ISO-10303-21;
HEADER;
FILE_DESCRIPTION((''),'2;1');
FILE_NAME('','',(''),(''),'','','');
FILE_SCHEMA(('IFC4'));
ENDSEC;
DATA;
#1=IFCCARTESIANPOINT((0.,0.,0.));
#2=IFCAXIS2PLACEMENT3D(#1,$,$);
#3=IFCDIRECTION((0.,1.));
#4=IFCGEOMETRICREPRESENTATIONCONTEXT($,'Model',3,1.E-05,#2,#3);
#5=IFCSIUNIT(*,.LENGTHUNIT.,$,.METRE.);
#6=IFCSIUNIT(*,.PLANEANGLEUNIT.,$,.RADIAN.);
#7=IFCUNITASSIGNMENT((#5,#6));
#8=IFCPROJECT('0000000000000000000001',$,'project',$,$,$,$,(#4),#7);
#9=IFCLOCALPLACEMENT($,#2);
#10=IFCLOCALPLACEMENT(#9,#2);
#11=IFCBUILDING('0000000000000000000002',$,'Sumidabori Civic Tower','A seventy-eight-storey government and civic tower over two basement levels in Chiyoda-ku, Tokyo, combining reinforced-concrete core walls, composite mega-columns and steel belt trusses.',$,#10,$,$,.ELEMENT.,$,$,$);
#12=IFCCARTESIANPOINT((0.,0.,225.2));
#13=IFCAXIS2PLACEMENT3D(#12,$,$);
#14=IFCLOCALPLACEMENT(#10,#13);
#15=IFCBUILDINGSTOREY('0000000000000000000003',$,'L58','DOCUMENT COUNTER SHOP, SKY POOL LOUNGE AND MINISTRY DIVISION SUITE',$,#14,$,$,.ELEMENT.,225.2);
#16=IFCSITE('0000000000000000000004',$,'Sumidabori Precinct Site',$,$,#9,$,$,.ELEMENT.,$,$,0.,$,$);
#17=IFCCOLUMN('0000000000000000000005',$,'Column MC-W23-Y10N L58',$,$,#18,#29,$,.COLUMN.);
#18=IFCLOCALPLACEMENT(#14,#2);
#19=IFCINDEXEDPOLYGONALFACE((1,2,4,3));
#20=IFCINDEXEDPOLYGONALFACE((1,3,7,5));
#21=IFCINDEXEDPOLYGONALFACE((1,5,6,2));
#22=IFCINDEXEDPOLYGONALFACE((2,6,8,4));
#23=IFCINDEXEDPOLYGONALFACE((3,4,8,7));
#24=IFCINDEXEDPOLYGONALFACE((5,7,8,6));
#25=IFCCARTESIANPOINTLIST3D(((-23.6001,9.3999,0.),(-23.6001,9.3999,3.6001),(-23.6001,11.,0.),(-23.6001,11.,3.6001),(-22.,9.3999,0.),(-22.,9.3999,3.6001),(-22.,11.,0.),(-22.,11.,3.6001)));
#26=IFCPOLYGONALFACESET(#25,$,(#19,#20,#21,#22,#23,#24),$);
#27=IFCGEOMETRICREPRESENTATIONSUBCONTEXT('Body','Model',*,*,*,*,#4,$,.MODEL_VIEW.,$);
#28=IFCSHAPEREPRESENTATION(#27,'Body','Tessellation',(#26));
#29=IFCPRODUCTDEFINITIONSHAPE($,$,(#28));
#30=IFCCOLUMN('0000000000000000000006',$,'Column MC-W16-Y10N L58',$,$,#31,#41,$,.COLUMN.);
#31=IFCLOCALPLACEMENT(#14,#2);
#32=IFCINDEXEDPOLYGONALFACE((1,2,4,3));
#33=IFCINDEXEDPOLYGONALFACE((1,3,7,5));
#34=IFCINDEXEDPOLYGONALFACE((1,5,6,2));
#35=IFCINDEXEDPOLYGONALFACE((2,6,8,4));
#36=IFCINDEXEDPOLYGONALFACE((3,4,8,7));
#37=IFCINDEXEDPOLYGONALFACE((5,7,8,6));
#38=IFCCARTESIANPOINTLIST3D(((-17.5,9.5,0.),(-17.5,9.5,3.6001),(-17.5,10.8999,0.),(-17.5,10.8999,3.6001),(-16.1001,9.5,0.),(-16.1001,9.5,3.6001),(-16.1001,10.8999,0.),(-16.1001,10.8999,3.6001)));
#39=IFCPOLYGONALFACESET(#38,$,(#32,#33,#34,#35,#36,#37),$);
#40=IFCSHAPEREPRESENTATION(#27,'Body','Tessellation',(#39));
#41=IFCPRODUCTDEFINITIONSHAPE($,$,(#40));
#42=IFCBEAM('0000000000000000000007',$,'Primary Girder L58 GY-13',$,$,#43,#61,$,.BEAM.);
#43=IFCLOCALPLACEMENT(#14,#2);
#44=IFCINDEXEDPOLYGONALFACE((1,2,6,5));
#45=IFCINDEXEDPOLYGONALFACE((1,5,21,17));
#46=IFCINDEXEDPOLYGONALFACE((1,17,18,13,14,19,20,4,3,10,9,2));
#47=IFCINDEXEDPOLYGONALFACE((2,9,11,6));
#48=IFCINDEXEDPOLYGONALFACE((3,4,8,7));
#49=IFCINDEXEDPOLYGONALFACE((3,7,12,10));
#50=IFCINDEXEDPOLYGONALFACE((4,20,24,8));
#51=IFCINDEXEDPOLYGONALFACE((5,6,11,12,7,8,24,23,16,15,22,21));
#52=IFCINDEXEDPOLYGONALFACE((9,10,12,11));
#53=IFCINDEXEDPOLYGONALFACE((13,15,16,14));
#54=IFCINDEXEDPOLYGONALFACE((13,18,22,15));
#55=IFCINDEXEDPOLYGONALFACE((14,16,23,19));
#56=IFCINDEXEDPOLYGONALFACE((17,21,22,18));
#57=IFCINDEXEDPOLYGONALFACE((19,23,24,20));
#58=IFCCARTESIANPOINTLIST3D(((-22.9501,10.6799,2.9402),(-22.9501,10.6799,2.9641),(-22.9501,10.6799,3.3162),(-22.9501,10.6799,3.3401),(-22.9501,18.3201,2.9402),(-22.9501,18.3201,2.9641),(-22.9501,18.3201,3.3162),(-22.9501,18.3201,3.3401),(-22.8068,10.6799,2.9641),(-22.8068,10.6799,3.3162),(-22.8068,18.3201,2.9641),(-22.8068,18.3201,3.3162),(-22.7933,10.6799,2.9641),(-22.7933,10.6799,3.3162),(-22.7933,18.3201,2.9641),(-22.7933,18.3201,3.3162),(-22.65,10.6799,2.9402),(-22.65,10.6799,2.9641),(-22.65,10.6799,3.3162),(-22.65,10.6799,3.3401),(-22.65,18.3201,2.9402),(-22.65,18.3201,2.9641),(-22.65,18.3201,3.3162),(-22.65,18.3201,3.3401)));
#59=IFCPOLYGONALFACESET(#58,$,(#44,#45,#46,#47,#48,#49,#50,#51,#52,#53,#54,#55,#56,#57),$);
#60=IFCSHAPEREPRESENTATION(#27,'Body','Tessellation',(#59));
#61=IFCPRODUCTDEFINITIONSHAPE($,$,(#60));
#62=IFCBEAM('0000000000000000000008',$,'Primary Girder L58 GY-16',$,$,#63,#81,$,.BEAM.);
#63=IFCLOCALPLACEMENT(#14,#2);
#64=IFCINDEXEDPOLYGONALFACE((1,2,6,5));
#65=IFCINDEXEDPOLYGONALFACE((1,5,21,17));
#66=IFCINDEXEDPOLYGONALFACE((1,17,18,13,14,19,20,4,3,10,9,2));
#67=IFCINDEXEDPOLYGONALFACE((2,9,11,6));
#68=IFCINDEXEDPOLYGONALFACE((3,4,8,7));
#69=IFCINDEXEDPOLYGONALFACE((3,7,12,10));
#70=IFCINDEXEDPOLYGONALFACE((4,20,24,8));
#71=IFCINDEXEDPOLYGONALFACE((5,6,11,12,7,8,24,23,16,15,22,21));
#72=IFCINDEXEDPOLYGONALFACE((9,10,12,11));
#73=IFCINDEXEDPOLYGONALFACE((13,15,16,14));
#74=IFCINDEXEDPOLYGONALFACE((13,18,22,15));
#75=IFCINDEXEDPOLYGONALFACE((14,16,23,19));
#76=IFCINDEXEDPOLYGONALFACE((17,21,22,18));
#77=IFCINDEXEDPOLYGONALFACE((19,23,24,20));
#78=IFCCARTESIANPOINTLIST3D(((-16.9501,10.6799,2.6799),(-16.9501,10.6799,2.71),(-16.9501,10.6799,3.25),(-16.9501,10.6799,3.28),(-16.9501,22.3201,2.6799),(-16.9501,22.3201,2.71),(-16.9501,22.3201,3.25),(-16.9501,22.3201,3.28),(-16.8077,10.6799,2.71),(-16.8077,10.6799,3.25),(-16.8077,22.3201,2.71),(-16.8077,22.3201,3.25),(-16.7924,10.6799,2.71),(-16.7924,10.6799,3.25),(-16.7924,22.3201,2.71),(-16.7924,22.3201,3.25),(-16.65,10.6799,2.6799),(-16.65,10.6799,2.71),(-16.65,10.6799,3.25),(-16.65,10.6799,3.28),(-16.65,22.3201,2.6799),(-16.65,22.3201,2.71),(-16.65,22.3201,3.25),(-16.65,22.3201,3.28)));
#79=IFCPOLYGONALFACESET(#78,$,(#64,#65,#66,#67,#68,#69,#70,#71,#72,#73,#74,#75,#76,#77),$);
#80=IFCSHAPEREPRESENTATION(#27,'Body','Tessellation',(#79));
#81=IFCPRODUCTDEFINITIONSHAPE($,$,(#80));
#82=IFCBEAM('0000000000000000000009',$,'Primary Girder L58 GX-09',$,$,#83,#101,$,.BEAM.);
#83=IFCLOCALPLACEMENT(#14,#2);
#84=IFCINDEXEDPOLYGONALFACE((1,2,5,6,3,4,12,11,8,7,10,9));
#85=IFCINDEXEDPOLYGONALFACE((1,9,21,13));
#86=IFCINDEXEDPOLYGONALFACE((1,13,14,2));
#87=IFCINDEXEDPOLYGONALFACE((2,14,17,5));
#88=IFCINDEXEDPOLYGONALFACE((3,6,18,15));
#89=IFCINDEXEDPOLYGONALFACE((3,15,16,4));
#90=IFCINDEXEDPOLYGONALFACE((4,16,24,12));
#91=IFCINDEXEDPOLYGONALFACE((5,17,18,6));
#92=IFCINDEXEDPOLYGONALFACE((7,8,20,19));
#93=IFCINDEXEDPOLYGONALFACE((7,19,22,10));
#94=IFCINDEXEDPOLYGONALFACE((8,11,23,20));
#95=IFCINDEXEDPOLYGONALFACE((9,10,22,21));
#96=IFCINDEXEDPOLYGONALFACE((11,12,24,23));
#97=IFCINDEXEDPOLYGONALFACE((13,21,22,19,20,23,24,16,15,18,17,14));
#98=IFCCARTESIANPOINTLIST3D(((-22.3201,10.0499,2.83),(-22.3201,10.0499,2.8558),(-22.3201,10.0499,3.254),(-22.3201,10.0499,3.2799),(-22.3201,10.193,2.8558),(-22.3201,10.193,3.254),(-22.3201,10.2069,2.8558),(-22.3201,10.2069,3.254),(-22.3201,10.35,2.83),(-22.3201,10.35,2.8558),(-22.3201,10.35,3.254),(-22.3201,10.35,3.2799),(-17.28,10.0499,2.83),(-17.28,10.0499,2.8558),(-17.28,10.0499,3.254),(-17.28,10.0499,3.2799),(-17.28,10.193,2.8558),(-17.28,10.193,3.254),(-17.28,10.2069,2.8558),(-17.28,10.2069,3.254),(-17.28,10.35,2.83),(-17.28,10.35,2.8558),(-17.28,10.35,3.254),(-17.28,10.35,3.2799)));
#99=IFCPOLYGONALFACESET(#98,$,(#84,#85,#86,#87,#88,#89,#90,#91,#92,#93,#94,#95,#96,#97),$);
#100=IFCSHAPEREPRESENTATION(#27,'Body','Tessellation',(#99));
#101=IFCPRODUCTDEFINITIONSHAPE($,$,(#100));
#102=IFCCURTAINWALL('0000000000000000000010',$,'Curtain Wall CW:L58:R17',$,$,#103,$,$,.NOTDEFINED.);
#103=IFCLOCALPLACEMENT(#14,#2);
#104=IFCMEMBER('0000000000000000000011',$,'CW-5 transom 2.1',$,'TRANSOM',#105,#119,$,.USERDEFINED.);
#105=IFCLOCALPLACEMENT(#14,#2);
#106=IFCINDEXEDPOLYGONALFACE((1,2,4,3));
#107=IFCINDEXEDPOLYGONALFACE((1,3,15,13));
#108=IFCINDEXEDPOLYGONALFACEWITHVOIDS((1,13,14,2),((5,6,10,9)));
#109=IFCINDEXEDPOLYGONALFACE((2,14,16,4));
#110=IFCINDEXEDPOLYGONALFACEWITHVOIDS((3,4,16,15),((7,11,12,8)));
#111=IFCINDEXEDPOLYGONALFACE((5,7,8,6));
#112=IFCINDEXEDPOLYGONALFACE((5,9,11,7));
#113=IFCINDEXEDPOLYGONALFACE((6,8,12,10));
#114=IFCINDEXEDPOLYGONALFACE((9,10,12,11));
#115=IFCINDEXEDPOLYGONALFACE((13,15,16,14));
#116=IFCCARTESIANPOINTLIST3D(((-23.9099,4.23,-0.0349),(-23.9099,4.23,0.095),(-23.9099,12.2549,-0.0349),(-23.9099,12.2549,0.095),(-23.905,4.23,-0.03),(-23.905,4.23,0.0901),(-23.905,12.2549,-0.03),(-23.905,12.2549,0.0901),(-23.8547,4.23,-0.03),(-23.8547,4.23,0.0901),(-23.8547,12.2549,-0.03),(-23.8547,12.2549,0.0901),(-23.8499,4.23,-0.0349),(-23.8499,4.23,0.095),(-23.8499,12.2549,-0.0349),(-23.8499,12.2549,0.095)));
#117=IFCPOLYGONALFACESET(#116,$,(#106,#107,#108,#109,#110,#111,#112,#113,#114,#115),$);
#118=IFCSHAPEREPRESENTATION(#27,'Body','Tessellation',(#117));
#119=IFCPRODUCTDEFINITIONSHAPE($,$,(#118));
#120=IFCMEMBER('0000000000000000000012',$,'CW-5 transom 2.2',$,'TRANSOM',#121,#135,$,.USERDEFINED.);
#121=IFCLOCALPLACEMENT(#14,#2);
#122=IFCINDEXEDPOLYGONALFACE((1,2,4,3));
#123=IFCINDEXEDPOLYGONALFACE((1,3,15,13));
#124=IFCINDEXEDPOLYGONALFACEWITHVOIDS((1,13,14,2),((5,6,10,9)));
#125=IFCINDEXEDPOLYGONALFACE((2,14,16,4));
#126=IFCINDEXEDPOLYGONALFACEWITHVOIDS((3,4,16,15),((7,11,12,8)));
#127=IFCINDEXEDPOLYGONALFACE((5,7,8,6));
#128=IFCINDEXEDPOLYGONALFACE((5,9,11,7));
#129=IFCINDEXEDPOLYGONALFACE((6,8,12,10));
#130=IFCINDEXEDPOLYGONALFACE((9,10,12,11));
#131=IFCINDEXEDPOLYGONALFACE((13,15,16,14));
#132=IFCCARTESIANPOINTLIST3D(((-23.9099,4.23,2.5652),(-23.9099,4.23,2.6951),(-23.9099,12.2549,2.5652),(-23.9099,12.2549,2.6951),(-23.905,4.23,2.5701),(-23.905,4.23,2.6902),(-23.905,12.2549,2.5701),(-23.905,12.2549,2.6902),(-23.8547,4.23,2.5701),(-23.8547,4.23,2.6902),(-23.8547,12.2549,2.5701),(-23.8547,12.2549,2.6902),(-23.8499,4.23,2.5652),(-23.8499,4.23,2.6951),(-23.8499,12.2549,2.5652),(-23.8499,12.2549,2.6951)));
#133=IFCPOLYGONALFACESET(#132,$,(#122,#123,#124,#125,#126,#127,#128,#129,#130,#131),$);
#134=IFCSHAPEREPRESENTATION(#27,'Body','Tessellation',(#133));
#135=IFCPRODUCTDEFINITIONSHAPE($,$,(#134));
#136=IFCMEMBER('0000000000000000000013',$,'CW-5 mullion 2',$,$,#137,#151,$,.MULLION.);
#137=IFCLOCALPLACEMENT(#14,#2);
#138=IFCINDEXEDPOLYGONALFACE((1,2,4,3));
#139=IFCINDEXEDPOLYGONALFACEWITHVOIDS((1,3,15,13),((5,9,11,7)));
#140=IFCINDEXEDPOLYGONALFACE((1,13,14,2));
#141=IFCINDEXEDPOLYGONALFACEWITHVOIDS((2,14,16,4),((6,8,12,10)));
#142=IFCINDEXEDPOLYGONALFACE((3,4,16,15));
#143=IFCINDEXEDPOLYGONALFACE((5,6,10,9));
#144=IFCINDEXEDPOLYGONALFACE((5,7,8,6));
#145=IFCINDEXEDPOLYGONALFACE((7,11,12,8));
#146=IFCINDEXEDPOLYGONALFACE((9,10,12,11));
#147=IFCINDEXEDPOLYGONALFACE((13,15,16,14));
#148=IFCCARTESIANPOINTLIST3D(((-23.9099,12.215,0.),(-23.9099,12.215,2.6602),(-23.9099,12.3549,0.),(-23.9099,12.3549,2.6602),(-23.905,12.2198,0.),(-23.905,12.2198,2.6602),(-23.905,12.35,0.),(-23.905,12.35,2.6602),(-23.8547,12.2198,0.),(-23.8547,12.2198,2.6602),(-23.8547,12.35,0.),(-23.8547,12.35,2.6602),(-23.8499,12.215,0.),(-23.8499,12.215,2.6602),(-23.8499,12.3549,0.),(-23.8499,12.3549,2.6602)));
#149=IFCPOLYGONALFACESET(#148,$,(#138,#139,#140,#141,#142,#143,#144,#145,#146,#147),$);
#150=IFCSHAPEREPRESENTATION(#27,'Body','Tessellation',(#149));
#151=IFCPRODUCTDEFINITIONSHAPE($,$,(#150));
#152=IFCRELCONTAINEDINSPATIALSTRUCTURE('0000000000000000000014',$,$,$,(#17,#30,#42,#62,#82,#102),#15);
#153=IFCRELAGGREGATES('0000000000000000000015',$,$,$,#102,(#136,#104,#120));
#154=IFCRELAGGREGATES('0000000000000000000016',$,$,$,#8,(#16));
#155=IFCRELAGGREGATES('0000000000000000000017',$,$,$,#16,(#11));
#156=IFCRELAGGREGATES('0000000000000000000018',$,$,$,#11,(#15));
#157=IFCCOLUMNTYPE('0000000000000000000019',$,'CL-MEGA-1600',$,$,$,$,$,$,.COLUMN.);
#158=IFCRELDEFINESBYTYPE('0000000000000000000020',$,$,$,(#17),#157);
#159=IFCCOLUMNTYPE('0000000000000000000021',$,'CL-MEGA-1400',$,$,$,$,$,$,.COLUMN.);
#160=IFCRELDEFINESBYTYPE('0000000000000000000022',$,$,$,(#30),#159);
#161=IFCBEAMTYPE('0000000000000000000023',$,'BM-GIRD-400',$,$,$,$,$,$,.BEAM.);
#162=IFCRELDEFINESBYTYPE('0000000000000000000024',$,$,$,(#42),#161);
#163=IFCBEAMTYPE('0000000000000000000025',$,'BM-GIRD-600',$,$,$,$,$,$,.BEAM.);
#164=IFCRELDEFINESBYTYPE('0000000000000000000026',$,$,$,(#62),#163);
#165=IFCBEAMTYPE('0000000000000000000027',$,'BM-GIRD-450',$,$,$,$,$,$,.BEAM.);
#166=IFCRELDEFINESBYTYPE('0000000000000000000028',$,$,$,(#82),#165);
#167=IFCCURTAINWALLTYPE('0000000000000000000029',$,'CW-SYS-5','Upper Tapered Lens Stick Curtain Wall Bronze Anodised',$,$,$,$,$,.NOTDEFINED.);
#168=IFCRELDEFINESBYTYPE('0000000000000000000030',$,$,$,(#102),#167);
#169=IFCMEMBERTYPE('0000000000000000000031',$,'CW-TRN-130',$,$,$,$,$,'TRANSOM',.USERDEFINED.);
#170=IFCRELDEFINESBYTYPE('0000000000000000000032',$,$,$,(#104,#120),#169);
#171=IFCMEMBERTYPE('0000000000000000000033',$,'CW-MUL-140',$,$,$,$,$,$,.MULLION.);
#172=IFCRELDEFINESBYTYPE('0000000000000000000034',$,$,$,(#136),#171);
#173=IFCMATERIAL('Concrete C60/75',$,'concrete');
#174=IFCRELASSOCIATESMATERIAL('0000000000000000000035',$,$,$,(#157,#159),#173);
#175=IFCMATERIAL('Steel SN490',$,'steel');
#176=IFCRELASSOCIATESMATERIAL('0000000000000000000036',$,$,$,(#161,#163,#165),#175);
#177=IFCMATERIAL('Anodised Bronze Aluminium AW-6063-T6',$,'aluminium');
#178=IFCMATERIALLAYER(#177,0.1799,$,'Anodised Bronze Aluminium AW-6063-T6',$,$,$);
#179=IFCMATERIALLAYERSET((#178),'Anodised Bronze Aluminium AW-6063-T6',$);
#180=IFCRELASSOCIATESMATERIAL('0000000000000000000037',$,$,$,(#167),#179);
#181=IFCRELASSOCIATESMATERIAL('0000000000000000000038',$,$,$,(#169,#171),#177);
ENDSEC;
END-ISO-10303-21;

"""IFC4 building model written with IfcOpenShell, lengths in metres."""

from ifc_helpers import new_model, si_unit, direction, frame, origin, origin_2d, place, context, subcontext, project, spatial, rectangle, hollow_rectangle, i_section, extrude, source, transform, mapped, material, layer, layer_set, material_profile, profile_set, type_object, element, aggregate, save


model = new_model("IFC4")

# Units and contexts
model_context = context("Model", 3, precision=1e-05, world=origin(), true_north=direction((0.0, 1.0)))
body_context = subcontext(model_context, "Body", "Model", "MODEL_VIEW")
ifc_project = project(units=[si_unit("LENGTHUNIT", "METRE"), si_unit("PLANEANGLEUNIT", "RADIAN")], contexts=[model_context])

# Site, building, storey
site_placement = place(None, origin())
site = spatial("IfcSite", under=ifc_project, at=site_placement, Name="Sumidabori Precinct Site", CompositionType="ELEMENT", RefElevation=0.0)
building_placement = place(site_placement, origin())
building = spatial("IfcBuilding", under=site, at=building_placement, Name="Sumidabori Civic Tower", Description="A seventy-eight-storey government and civic tower over two basement levels in Chiyoda-ku, Tokyo, combining reinforced-concrete core walls, composite mega-columns and steel belt trusses.", CompositionType="ELEMENT")
storey_placement = place(building_placement, frame((0.0, 0.0, 225.2)))
storey = spatial("IfcBuildingStorey", under=building, at=storey_placement, Name="L58", Description="DOCUMENT COUNTER SHOP, SKY POOL LOUNGE AND MINISTRY DIVISION SUITE", CompositionType="ELEMENT", Elevation=225.2)

# Columns
ifc_material_1 = material(Name="Concrete C60/75", Category="concrete")
ifc_material_profile_1 = material_profile(ifc_material_1, rectangle(XDim=1.6001, YDim=1.6001, at=origin_2d()), Name="RC 1600x1600")
ifc_profile_set_1 = profile_set([ifc_material_profile_1], Name="Concrete C60/75")
column_type_1 = type_object("IfcColumnType", Name="CL-MEGA-1600", PredefinedType="COLUMN", material=ifc_profile_set_1)
shared_shape_1 = source(origin(), body_context, "Body", "SweptSolid", [
    extrude(rectangle(XDim=1.6001, YDim=1.6001, at=origin_2d()), origin(), (0.0, 0.0, 1.0), 3.6001),
])
column_1_placement = place(storey_placement, frame((-22.8, 10.2, 0.0), z_axis=(0.0, 0.0, 1.0), x_axis=(1.0, 0.0, 0.0)))
element("IfcColumn", 1, at=column_1_placement, inside=storey, type_object=column_type_1, Name="Column MC-W23-Y10N L58", PredefinedType="COLUMN", context=body_context, shape_type="MappedRepresentation", body=[
    mapped(shared_shape_1, transform((0.0, 0.0, 0.0), x_axis=(1.0, 0.0, 0.0), y_axis=(0.0, 1.0, 0.0), z_axis=(0.0, 0.0, 1.0), scale=1.0)),
])
ifc_material_profile_2 = material_profile(ifc_material_1, rectangle(XDim=1.3999, YDim=1.3999, at=origin_2d()), Name="RC 1400x1400")
ifc_profile_set_2 = profile_set([ifc_material_profile_2], Name="Concrete C60/75")
column_type_2 = type_object("IfcColumnType", Name="CL-MEGA-1400", PredefinedType="COLUMN", material=ifc_profile_set_2)
shared_shape_2 = source(origin(), body_context, "Body", "SweptSolid", [
    extrude(rectangle(XDim=1.3999, YDim=1.3999, at=origin_2d()), origin(), (0.0, 0.0, 1.0), 3.6001),
])
column_2_placement = place(storey_placement, frame((-16.8, 10.2, 0.0), z_axis=(0.0, 0.0, 1.0), x_axis=(1.0, 0.0, 0.0)))
element("IfcColumn", 2, at=column_2_placement, inside=storey, type_object=column_type_2, Name="Column MC-W16-Y10N L58", PredefinedType="COLUMN", context=body_context, shape_type="MappedRepresentation", body=[
    mapped(shared_shape_2, transform((0.0, 0.0, 0.0), x_axis=(1.0, 0.0, 0.0), y_axis=(0.0, 1.0, 0.0), z_axis=(0.0, 0.0, 1.0), scale=1.0)),
])

# Beams
ifc_material_2 = material(Name="Steel SN490", Category="steel")
ifc_material_profile_3 = material_profile(ifc_material_2, i_section(OverallWidth=0.3, OverallDepth=0.3999, WebThickness=0.0134, FlangeThickness=0.0239, at=origin_2d()), Name="HE 400 B")
ifc_profile_set_3 = profile_set([ifc_material_profile_3], Name="Steel SN490")
beam_type_1 = type_object("IfcBeamType", Name="BM-GIRD-400", PredefinedType="BEAM", material=ifc_profile_set_3)
shared_shape_3 = source(origin(), body_context, "Body", "SweptSolid", [
    extrude(i_section(OverallWidth=0.3, OverallDepth=0.3999, WebThickness=0.0134, FlangeThickness=0.0239, at=origin_2d()), origin(), (0.0, 0.0, 1.0), 7.6401),
])
beam_1_placement = place(storey_placement, frame((-22.8, 10.6799, 3.1401), z_axis=(0.0, 1.0, 0.0), x_axis=(-1.0, 0.0, 0.0)))
element("IfcBeam", 3, at=beam_1_placement, inside=storey, type_object=beam_type_1, Name="Primary Girder L58 GY-13", PredefinedType="BEAM", context=body_context, shape_type="MappedRepresentation", body=[
    mapped(shared_shape_3, transform((0.0, 0.0, 0.0), x_axis=(1.0, 0.0, 0.0), y_axis=(0.0, 1.0, 0.0), z_axis=(0.0, 0.0, 1.0), scale=1.0)),
])
ifc_material_profile_4 = material_profile(ifc_material_2, i_section(OverallWidth=0.3, OverallDepth=0.6001, WebThickness=0.0154, FlangeThickness=0.03, at=origin_2d()), Name="HE 600 B")
ifc_profile_set_4 = profile_set([ifc_material_profile_4], Name="Steel SN490")
beam_type_2 = type_object("IfcBeamType", Name="BM-GIRD-600", PredefinedType="BEAM", material=ifc_profile_set_4)
shared_shape_4 = source(origin(), body_context, "Body", "SweptSolid", [
    extrude(i_section(OverallWidth=0.3, OverallDepth=0.6001, WebThickness=0.0154, FlangeThickness=0.03, at=origin_2d()), origin(), (0.0, 0.0, 1.0), 11.6401),
])
beam_2_placement = place(storey_placement, frame((-16.8, 10.6799, 2.98), z_axis=(0.0, 1.0, 0.0), x_axis=(-1.0, 0.0, 0.0)))
element("IfcBeam", 4, at=beam_2_placement, inside=storey, type_object=beam_type_2, Name="Primary Girder L58 GY-16", PredefinedType="BEAM", context=body_context, shape_type="MappedRepresentation", body=[
    mapped(shared_shape_4, transform((0.0, 0.0, 0.0), x_axis=(1.0, 0.0, 0.0), y_axis=(0.0, 1.0, 0.0), z_axis=(0.0, 0.0, 1.0), scale=1.0)),
])
ifc_material_profile_5 = material_profile(ifc_material_2, i_section(OverallWidth=0.3, OverallDepth=0.45, WebThickness=0.0139, FlangeThickness=0.0259, at=origin_2d()), Name="HE 450 B")
ifc_profile_set_5 = profile_set([ifc_material_profile_5], Name="Steel SN490")
beam_type_3 = type_object("IfcBeamType", Name="BM-GIRD-450", PredefinedType="BEAM", material=ifc_profile_set_5)
shared_shape_5 = source(origin(), body_context, "Body", "SweptSolid", [
    extrude(i_section(OverallWidth=0.3, OverallDepth=0.45, WebThickness=0.0139, FlangeThickness=0.0259, at=origin_2d()), origin(), (0.0, 0.0, 1.0), 5.04),
])
beam_3_placement = place(storey_placement, frame((-22.3201, 10.2, 3.0549), z_axis=(1.0, 0.0, 0.0), x_axis=(0.0, 1.0, 0.0)))
element("IfcBeam", 5, at=beam_3_placement, inside=storey, type_object=beam_type_3, Name="Primary Girder L58 GX-09", PredefinedType="BEAM", context=body_context, shape_type="MappedRepresentation", body=[
    mapped(shared_shape_5, transform((0.0, 0.0, 0.0), x_axis=(1.0, 0.0, 0.0), y_axis=(0.0, 1.0, 0.0), z_axis=(0.0, 0.0, 1.0), scale=1.0)),
])

# Curtain wall, members
ifc_material_3 = material(Name="Anodised Bronze Aluminium AW-6063-T6", Category="aluminium")
ifc_layer_1 = layer(ifc_material_3, 0.1799, Name="Anodised Bronze Aluminium AW-6063-T6")
ifc_layer_set_1 = layer_set([ifc_layer_1], Name="Anodised Bronze Aluminium AW-6063-T6")
curtain_wall_type = type_object("IfcCurtainWallType", Name="CW-SYS-5", Description="Upper Tapered Lens Stick Curtain Wall Bronze Anodised", PredefinedType="NOTDEFINED", material=ifc_layer_set_1)
curtain_wall_placement = place(storey_placement, origin())
curtain_wall = element("IfcCurtainWall", 6, at=curtain_wall_placement, inside=storey, type_object=curtain_wall_type, Name="Curtain Wall CW:L58:R17", PredefinedType="NOTDEFINED")
ifc_material_profile_6 = material_profile(ifc_material_3, hollow_rectangle(XDim=0.0601, YDim=0.1299, WallThickness=0.0049, at=origin_2d()), Name="ALU TRANSOM 130x60")
ifc_profile_set_6 = profile_set([ifc_material_profile_6], Name="Anodised Bronze Aluminium AW-6063-T6")
member_type_1 = type_object("IfcMemberType", Name="CW-TRN-130", ElementType="TRANSOM", PredefinedType="USERDEFINED", material=ifc_profile_set_6)
shared_shape_6 = source(origin(), body_context, "Body", "SweptSolid", [
    extrude(hollow_rectangle(XDim=0.0601, YDim=0.1299, WallThickness=0.0049, at=origin_2d()), origin(), (0.0, 0.0, 1.0), 8.0249),
])
member_1_placement = place(storey_placement, frame((-23.8799, 12.2549, 0.03), z_axis=(0.0, -1.0, 0.0), x_axis=(1.0, 0.0, 0.0)))
member_1 = element("IfcMember", 7, at=member_1_placement, type_object=member_type_1, Name="CW-5 transom 2.1", ObjectType="TRANSOM", PredefinedType="USERDEFINED", context=body_context, shape_type="MappedRepresentation", body=[
    mapped(shared_shape_6, transform((0.0, 0.0, 0.0), x_axis=(1.0, 0.0, 0.0), y_axis=(0.0, 1.0, 0.0), z_axis=(0.0, 0.0, 1.0), scale=1.0)),
])
member_2_placement = place(storey_placement, frame((-23.8799, 12.2549, 2.6301), z_axis=(0.0, -1.0, 0.0), x_axis=(1.0, 0.0, 0.0)))
member_2 = element("IfcMember", 8, at=member_2_placement, type_object=member_type_1, Name="CW-5 transom 2.2", ObjectType="TRANSOM", PredefinedType="USERDEFINED", context=body_context, shape_type="MappedRepresentation", body=[
    mapped(shared_shape_6, transform((0.0, 0.0, 0.0), x_axis=(1.0, 0.0, 0.0), y_axis=(0.0, 1.0, 0.0), z_axis=(0.0, 0.0, 1.0), scale=1.0)),
])
ifc_material_profile_7 = material_profile(ifc_material_3, hollow_rectangle(XDim=0.0601, YDim=0.1399, WallThickness=0.0049, at=origin_2d()), Name="ALU MULLION 140x60")
ifc_profile_set_7 = profile_set([ifc_material_profile_7], Name="Anodised Bronze Aluminium AW-6063-T6")
member_type_2 = type_object("IfcMemberType", Name="CW-MUL-140", PredefinedType="MULLION", material=ifc_profile_set_7)
shared_shape_7 = source(origin(), body_context, "Body", "SweptSolid", [
    extrude(hollow_rectangle(XDim=0.0601, YDim=0.1399, WallThickness=0.0049, at=origin_2d()), origin(), (0.0, 0.0, 1.0), 2.6602),
])
member_3_placement = place(storey_placement, frame((-23.8799, 12.2849, 0.0), z_axis=(0.0, 0.0, 1.0), x_axis=(1.0, 0.0, 0.0)))
member_3 = element("IfcMember", 9, at=member_3_placement, type_object=member_type_2, Name="CW-5 mullion 2", PredefinedType="MULLION", context=body_context, shape_type="MappedRepresentation", body=[
    mapped(shared_shape_7, transform((0.0, 0.0, 0.0), x_axis=(1.0, 0.0, 0.0), y_axis=(0.0, 1.0, 0.0), z_axis=(0.0, 0.0, 1.0), scale=1.0)),
])
aggregate(curtain_wall, [member_3, member_1, member_2])

save(model, "model.ifc")
